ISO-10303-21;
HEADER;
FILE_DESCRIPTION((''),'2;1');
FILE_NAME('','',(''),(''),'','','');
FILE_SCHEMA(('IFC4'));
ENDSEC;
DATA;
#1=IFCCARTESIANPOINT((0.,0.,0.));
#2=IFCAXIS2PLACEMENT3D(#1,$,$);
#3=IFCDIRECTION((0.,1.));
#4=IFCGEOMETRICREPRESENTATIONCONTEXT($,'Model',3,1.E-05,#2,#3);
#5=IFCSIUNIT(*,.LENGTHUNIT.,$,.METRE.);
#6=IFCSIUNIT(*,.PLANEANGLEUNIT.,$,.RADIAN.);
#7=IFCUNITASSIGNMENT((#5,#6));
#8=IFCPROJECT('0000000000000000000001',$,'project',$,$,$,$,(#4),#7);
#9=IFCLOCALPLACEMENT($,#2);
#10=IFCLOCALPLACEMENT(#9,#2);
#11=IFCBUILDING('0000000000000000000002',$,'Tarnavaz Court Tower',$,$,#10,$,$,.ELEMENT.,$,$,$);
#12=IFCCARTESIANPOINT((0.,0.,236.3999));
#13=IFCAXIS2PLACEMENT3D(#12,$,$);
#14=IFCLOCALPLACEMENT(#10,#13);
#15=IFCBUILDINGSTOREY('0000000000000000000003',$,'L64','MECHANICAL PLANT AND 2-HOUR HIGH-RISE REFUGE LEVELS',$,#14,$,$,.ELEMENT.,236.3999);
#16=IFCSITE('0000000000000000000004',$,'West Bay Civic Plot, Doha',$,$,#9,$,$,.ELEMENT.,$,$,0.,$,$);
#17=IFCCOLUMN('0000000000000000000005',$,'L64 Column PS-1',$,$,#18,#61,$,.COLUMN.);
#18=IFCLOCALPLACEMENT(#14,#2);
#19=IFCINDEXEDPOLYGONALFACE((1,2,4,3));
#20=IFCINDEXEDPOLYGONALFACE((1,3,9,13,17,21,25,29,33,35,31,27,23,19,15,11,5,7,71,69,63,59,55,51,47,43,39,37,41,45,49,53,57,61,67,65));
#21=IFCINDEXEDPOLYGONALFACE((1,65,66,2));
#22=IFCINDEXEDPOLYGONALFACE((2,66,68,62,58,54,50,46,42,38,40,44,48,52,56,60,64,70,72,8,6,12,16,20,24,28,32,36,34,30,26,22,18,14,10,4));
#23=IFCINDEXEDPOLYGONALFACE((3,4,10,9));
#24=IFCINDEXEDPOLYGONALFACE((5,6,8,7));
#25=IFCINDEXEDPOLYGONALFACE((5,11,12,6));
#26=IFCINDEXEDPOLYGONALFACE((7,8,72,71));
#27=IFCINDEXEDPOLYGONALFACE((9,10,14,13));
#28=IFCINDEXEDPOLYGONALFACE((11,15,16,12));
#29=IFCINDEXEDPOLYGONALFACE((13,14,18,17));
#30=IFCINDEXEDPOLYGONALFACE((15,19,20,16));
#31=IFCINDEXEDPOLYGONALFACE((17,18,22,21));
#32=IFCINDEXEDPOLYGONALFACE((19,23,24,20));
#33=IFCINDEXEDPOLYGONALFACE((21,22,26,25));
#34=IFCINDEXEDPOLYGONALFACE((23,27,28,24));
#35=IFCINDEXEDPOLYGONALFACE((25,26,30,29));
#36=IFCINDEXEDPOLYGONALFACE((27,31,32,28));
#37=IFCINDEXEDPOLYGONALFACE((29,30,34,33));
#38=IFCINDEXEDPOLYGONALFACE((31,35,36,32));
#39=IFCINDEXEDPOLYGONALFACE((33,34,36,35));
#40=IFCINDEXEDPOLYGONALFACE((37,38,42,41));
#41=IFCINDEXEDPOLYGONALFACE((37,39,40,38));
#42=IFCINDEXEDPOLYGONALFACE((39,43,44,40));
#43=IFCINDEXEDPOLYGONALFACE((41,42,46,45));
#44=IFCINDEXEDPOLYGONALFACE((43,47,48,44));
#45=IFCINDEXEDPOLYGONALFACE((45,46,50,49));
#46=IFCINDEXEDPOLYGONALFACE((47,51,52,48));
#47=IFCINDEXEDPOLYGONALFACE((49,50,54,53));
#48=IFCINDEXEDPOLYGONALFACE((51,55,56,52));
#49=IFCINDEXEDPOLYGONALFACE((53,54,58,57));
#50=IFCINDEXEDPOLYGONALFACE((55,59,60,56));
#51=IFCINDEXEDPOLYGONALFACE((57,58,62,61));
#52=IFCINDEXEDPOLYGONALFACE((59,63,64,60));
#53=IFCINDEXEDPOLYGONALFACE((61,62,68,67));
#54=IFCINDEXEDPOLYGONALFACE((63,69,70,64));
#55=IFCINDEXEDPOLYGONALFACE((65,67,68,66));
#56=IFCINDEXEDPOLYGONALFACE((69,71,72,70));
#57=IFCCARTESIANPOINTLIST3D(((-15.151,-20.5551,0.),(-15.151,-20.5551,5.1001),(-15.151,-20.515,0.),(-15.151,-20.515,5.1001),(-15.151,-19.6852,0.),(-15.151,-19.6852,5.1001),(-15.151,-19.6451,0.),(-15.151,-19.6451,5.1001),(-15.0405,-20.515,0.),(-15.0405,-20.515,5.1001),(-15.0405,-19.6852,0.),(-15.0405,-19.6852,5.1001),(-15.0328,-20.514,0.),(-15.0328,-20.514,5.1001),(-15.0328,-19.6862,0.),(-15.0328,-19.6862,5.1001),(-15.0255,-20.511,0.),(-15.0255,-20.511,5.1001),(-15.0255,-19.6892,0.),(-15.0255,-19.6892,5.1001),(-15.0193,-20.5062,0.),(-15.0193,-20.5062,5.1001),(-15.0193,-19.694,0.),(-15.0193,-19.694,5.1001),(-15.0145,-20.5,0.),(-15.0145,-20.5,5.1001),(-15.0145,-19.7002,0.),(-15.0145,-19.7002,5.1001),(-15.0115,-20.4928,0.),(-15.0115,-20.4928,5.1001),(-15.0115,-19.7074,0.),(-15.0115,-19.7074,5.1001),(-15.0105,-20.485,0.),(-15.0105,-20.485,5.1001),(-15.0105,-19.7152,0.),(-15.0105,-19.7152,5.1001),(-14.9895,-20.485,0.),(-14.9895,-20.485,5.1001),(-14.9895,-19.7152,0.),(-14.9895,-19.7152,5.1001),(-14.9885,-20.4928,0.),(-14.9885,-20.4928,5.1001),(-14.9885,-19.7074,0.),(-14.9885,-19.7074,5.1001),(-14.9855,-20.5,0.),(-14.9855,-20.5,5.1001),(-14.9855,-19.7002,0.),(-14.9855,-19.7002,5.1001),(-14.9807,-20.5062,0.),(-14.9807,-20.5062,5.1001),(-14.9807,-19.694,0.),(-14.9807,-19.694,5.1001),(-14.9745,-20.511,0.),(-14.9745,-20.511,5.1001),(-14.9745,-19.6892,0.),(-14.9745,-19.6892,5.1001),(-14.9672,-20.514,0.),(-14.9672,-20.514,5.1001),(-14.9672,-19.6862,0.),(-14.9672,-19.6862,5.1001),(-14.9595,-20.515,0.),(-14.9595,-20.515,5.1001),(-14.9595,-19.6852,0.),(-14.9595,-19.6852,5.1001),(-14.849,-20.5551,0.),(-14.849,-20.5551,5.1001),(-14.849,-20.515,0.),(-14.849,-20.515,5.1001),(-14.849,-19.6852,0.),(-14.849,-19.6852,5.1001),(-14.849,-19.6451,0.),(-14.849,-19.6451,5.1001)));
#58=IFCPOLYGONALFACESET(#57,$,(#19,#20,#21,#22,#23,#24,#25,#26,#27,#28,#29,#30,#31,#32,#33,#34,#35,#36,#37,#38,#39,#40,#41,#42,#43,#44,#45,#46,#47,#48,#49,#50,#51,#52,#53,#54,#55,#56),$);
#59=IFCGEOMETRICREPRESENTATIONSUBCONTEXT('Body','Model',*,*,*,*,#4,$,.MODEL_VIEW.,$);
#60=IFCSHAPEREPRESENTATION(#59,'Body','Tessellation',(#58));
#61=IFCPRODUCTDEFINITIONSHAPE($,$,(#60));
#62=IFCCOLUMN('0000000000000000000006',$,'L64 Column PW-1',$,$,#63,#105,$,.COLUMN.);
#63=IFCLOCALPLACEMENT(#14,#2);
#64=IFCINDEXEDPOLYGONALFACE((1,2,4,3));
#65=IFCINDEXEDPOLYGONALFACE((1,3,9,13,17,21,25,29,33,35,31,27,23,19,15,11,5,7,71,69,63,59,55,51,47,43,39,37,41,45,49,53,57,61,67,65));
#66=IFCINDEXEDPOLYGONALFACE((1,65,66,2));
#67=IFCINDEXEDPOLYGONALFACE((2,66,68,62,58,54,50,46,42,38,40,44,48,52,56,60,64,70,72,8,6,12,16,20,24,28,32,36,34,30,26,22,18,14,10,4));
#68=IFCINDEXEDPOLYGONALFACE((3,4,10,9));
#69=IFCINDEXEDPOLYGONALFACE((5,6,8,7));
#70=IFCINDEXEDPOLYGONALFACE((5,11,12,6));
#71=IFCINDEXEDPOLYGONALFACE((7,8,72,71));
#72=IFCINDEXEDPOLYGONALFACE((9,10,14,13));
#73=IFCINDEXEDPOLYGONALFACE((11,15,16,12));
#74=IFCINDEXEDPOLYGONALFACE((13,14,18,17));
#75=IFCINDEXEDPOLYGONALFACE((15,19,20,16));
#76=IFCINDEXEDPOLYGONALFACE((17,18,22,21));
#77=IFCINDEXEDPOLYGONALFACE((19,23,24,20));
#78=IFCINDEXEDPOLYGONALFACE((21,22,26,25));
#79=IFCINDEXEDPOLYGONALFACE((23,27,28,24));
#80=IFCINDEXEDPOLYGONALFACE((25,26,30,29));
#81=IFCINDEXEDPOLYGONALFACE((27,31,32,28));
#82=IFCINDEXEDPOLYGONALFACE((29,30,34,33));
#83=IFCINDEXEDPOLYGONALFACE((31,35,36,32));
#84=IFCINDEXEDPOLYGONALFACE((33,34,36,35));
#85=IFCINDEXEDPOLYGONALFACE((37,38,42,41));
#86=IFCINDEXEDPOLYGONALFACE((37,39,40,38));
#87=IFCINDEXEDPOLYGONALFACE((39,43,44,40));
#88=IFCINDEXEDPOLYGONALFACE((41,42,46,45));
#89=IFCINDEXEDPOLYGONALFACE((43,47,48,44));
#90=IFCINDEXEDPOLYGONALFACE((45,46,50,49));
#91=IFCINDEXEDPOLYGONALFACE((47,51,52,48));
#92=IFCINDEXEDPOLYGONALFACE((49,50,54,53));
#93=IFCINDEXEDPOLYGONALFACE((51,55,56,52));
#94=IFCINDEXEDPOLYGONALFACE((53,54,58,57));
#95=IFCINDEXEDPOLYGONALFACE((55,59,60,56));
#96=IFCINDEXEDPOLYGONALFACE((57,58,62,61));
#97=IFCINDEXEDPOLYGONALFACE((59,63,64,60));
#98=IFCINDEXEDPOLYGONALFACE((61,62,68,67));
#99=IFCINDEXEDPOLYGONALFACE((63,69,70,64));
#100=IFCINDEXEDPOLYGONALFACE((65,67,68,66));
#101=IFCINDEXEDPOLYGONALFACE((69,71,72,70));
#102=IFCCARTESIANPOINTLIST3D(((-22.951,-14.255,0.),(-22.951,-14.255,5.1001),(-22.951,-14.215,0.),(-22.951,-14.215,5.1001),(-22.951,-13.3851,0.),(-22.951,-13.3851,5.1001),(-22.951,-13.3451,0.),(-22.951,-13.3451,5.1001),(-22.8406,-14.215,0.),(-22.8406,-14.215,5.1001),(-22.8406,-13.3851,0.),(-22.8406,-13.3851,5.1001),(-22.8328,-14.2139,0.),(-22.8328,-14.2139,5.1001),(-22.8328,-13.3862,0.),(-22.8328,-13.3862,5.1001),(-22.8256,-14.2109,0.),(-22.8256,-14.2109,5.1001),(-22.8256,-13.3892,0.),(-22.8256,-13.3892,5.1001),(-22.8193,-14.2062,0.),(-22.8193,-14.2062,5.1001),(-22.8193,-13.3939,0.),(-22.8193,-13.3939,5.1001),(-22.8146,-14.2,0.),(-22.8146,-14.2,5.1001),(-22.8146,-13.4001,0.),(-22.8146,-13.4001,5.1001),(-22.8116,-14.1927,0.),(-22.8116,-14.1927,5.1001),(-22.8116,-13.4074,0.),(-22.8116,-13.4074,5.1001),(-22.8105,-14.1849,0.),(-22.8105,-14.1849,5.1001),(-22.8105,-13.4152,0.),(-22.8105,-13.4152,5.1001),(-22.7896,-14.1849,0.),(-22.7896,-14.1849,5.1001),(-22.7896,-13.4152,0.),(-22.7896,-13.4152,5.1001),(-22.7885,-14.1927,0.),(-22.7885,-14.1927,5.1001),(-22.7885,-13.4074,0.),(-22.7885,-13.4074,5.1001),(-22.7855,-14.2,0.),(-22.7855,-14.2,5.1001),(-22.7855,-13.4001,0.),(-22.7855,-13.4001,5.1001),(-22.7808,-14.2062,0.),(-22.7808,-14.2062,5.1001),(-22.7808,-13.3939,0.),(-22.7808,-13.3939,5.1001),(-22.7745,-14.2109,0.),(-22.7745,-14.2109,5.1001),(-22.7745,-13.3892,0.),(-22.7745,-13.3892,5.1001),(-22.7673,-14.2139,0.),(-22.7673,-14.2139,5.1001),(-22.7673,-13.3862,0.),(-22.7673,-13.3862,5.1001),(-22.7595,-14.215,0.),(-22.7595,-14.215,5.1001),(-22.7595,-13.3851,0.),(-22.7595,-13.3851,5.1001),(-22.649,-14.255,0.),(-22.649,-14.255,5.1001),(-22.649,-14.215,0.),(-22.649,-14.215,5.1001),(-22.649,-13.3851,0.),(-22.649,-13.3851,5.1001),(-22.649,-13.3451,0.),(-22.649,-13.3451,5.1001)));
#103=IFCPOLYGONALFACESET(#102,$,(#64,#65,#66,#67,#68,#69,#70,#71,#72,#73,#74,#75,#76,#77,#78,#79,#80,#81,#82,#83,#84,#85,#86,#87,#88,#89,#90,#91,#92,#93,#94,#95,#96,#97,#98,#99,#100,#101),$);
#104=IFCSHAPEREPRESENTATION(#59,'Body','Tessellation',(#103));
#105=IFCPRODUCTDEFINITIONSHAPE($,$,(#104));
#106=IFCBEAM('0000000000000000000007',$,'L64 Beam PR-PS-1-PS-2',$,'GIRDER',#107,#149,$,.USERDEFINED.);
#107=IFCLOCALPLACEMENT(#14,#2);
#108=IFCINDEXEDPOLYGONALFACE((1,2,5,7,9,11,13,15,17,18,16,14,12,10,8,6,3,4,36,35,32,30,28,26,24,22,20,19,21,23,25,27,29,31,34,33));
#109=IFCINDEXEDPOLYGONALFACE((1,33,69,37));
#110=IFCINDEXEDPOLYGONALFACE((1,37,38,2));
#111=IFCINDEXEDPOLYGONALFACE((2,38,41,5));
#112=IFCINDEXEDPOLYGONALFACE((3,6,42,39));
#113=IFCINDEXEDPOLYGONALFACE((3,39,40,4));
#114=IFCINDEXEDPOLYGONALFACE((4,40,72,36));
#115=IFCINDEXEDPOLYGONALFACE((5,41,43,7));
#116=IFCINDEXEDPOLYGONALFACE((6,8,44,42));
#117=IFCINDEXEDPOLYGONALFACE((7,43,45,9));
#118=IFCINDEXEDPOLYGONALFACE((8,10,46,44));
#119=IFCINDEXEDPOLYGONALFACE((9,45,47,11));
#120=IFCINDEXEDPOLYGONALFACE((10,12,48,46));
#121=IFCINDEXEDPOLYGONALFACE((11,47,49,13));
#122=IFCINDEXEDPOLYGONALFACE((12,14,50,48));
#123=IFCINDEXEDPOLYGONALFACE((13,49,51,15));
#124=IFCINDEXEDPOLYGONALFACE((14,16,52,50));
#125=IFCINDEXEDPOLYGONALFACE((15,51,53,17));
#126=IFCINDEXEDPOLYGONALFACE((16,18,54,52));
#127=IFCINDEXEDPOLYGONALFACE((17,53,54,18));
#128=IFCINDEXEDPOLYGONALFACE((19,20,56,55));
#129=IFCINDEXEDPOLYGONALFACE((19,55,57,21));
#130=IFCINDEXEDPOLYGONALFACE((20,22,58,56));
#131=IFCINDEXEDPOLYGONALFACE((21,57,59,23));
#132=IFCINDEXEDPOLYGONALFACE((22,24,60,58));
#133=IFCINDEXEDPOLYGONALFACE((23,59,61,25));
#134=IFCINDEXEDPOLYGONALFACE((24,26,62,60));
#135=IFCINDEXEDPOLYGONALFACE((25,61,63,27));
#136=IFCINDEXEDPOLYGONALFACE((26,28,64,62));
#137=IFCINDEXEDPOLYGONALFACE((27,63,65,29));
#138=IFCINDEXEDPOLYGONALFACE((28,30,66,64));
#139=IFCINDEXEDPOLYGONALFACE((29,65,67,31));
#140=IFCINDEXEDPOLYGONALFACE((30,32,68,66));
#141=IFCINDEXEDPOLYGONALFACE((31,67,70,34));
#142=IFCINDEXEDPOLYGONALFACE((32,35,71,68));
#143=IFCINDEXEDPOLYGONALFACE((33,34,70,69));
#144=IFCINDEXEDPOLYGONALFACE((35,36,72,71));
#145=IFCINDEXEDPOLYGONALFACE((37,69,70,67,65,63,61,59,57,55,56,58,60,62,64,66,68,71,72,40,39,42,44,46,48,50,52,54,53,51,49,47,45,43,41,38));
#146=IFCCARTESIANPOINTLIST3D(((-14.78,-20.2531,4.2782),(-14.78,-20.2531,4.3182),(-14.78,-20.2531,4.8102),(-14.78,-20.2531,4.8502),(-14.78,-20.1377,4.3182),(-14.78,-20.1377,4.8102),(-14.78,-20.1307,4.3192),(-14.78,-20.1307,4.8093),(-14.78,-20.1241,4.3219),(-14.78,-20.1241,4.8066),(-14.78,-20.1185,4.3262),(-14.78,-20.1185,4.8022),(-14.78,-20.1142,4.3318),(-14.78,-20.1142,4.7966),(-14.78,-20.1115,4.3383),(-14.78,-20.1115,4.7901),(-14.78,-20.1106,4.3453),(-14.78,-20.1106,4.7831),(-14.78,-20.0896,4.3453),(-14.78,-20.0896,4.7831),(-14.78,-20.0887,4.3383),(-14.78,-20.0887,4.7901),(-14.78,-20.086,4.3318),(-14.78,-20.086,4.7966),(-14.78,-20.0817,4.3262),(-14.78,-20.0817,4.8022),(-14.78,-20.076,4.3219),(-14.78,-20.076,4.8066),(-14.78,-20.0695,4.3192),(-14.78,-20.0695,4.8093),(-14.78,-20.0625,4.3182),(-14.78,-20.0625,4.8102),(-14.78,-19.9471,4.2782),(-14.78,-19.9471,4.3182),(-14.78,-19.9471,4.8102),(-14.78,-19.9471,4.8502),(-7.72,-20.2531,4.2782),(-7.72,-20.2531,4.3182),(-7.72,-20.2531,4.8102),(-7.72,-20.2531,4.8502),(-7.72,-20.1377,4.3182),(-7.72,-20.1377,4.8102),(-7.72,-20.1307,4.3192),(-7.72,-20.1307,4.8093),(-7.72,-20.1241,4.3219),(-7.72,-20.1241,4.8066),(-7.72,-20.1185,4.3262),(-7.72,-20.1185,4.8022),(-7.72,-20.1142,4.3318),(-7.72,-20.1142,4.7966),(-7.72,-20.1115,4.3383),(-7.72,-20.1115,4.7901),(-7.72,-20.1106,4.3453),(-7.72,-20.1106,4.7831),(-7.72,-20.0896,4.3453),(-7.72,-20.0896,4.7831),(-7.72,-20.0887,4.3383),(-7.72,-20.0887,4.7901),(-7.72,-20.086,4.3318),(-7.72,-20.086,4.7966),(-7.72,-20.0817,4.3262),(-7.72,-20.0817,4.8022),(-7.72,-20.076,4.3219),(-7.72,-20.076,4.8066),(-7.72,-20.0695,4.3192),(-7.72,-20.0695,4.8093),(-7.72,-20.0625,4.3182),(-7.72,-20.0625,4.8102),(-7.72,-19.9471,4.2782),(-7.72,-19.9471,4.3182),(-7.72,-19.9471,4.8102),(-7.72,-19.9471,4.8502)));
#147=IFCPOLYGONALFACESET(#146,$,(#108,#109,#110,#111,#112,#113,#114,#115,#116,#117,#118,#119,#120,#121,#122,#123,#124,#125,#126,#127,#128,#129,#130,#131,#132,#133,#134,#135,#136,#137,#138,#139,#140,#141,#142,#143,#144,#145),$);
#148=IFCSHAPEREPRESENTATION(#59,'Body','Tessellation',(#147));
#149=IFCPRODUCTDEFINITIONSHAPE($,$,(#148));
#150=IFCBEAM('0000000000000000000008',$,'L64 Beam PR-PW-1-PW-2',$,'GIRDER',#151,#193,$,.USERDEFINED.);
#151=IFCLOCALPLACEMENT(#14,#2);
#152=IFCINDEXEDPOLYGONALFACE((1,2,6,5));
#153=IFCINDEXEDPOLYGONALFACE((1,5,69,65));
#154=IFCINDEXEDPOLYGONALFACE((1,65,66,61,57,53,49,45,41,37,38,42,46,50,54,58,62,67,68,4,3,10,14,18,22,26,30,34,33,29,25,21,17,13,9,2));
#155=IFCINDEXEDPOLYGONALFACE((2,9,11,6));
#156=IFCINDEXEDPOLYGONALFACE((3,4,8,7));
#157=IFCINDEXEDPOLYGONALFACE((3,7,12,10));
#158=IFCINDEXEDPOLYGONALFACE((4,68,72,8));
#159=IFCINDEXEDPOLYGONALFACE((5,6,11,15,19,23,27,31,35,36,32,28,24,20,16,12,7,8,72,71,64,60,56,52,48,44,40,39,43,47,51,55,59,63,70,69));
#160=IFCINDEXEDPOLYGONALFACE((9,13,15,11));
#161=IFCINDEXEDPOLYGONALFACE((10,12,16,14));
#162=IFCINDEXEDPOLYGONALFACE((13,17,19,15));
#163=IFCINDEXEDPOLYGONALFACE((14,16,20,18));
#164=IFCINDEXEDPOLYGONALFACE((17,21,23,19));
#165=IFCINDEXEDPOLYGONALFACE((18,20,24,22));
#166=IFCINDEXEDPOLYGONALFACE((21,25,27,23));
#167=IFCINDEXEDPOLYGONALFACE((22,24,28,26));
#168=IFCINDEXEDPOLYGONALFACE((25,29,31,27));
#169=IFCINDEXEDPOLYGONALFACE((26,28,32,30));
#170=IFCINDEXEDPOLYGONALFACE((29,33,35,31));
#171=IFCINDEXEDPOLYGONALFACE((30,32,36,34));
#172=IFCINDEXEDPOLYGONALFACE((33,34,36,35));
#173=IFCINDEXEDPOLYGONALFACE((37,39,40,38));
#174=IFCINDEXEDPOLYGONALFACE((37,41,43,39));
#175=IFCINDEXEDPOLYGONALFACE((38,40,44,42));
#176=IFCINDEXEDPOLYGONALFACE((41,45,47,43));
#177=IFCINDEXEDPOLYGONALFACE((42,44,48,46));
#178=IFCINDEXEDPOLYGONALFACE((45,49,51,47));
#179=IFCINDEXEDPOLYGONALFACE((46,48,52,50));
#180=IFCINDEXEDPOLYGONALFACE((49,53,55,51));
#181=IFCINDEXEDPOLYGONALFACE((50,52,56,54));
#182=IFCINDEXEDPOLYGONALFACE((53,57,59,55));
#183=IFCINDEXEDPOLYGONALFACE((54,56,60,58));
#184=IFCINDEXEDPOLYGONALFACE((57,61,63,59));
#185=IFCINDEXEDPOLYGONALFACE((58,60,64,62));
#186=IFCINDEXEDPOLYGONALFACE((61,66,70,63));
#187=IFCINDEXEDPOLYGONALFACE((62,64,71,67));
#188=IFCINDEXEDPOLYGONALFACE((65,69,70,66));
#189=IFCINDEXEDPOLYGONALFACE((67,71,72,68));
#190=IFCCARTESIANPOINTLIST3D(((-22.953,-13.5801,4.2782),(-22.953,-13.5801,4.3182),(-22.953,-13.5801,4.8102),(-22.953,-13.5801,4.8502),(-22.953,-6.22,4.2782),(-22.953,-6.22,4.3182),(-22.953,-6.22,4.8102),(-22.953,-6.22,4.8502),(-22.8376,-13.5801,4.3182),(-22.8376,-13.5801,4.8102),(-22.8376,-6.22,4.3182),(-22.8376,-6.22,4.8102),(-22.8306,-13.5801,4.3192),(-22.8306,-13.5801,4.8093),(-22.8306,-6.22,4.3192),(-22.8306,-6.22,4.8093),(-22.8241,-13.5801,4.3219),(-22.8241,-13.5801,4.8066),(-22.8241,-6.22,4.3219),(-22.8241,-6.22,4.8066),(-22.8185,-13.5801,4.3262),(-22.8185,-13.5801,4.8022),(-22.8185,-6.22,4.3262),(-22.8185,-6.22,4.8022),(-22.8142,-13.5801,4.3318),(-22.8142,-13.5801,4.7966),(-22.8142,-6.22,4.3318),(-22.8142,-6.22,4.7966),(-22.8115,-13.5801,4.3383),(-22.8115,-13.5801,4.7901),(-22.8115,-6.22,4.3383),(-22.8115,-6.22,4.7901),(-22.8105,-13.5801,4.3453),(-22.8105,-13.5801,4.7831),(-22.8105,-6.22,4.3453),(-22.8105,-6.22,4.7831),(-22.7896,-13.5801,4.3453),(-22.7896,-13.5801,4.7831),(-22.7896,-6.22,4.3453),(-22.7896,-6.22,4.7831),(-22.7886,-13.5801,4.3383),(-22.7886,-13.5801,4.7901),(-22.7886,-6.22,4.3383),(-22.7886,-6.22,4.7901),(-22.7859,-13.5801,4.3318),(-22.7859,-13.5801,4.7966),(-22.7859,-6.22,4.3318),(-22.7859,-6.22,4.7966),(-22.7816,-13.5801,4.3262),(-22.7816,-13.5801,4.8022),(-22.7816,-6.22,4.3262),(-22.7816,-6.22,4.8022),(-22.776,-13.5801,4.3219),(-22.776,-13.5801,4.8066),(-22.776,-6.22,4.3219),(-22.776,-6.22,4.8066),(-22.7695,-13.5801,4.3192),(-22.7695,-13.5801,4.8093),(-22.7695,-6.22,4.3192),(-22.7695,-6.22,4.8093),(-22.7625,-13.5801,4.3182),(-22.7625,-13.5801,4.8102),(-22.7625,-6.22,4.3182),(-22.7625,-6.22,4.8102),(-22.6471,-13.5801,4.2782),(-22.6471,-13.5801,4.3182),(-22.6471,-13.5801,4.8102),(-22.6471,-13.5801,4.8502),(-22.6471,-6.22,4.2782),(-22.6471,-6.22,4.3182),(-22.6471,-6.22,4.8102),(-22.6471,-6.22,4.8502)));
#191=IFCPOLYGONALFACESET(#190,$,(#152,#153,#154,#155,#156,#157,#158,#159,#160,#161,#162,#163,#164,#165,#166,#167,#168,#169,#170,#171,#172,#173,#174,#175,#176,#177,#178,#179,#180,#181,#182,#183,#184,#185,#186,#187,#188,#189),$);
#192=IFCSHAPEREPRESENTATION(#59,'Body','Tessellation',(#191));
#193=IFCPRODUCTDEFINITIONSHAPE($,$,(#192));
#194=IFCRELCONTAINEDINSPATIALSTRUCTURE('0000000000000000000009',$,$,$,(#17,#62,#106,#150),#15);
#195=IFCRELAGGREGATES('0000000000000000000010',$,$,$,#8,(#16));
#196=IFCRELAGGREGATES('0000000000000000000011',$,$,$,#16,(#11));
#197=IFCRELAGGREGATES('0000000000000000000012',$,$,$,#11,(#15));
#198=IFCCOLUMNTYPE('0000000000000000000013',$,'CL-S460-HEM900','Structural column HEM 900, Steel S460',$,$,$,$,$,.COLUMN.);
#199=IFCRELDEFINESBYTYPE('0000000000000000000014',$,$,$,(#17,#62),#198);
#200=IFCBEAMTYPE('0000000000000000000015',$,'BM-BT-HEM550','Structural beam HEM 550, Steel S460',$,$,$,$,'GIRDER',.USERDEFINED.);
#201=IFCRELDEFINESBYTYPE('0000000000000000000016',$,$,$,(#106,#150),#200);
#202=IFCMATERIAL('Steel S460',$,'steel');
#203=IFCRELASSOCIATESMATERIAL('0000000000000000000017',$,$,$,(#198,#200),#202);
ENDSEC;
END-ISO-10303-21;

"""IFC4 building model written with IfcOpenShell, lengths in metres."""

from ifc_helpers import new_model, si_unit, direction, frame, origin, origin_2d, place, context, subcontext, project, spatial, i_section, extrude, material, material_profile, profile_set, type_object, element, save


model = new_model("IFC4")

# Units and contexts
model_context = context("Model", 3, precision=1e-05, world=origin(), true_north=direction((0.0, 1.0)))
body_context = subcontext(model_context, "Body", "Model", "MODEL_VIEW")
ifc_project = project(units=[si_unit("LENGTHUNIT", "METRE"), si_unit("PLANEANGLEUNIT", "RADIAN")], contexts=[model_context])

# Site, building, storey
site_placement = place(None, origin())
site = spatial("IfcSite", under=ifc_project, at=site_placement, Name="West Bay Civic Plot, Doha", CompositionType="ELEMENT", RefElevation=0.0)
building_placement = place(site_placement, origin())
building = spatial("IfcBuilding", under=site, at=building_placement, Name="Tarnavaz Court Tower", CompositionType="ELEMENT")
storey_placement = place(building_placement, frame((0.0, 0.0, 236.3999)))
storey = spatial("IfcBuildingStorey", under=building, at=storey_placement, Name="L64", Description="MECHANICAL PLANT AND 2-HOUR HIGH-RISE REFUGE LEVELS", CompositionType="ELEMENT", Elevation=236.3999)

# Columns
ifc_material_1 = material(Name="Steel S460", Category="steel")
ifc_material_profile_1 = material_profile(ifc_material_1, i_section(OverallWidth=0.302, OverallDepth=0.9099, WebThickness=0.021, FlangeThickness=0.04, FilletRadius=0.03, at=origin_2d()), Name="HEM 900")
ifc_profile_set_1 = profile_set([ifc_material_profile_1], Name="Steel S460")
column_type = type_object("IfcColumnType", Name="CL-S460-HEM900", Description="Structural column HEM 900, Steel S460", PredefinedType="COLUMN", material=ifc_profile_set_1)
for number, where, z_axis, x_axis, name in (
    (1, (-15.0, -20.1001, 0.0), (0.0, 0.0, 1.0), (1.0, 0.0, 0.0), "L64 Column PS-1"),
    (2, (-22.8, -13.8, 0.0), (0.0, 0.0, 1.0), (1.0, 0.0, 0.0), "L64 Column PW-1"),
):
    element("IfcColumn", number, at=place(storey_placement, frame(where, z_axis=z_axis, x_axis=x_axis)), inside=storey, type_object=column_type, Name=name, PredefinedType="COLUMN", context=body_context, shape_type="SweptSolid", body=[
        extrude(i_section(OverallWidth=0.302, OverallDepth=0.9099, WebThickness=0.021, FlangeThickness=0.04, FilletRadius=0.03, at=origin_2d()), origin(), (0.0, 0.0, 1.0), 5.1001),
    ])

# Beams
ifc_material_profile_2 = material_profile(ifc_material_1, i_section(OverallWidth=0.3059, OverallDepth=0.572, WebThickness=0.021, FlangeThickness=0.04, FilletRadius=0.0271, at=origin_2d()), Name="HEM 550")
ifc_profile_set_2 = profile_set([ifc_material_profile_2], Name="Steel S460")
beam_type_1 = type_object("IfcBeamType", Name="BM-BT-HEM550", Description="Structural beam HEM 550, Steel S460", ElementType="GIRDER", PredefinedType="USERDEFINED", material=ifc_profile_set_2)
beam_1_placement = place(storey_placement, frame((-14.78, -20.1001, 4.5642), z_axis=(1.0, 0.0, 0.0), x_axis=(0.0, 1.0, 0.0)))
element("IfcBeam", 3, at=beam_1_placement, inside=storey, type_object=beam_type_1, Name="L64 Beam PR-PS-1-PS-2", ObjectType="GIRDER", PredefinedType="USERDEFINED", context=body_context, shape_type="SweptSolid", body=[
    extrude(i_section(OverallWidth=0.3059, OverallDepth=0.572, WebThickness=0.021, FlangeThickness=0.04, FilletRadius=0.0271, at=origin_2d()), origin(), (0.0, 0.0, 1.0), 7.0601),
])
beam_2_placement = place(storey_placement, frame((-22.8, -13.5801, 4.5642), z_axis=(0.0, 1.0, 0.0), x_axis=(-1.0, 0.0, 0.0)))
element("IfcBeam", 4, at=beam_2_placement, inside=storey, type_object=beam_type_1, Name="L64 Beam PR-PW-1-PW-2", ObjectType="GIRDER", PredefinedType="USERDEFINED", context=body_context, shape_type="SweptSolid", body=[
    extrude(i_section(OverallWidth=0.3059, OverallDepth=0.572, WebThickness=0.021, FlangeThickness=0.04, FilletRadius=0.0271, at=origin_2d()), origin(), (0.0, 0.0, 1.0), 7.3601),
])

save(model, "model.ifc")
